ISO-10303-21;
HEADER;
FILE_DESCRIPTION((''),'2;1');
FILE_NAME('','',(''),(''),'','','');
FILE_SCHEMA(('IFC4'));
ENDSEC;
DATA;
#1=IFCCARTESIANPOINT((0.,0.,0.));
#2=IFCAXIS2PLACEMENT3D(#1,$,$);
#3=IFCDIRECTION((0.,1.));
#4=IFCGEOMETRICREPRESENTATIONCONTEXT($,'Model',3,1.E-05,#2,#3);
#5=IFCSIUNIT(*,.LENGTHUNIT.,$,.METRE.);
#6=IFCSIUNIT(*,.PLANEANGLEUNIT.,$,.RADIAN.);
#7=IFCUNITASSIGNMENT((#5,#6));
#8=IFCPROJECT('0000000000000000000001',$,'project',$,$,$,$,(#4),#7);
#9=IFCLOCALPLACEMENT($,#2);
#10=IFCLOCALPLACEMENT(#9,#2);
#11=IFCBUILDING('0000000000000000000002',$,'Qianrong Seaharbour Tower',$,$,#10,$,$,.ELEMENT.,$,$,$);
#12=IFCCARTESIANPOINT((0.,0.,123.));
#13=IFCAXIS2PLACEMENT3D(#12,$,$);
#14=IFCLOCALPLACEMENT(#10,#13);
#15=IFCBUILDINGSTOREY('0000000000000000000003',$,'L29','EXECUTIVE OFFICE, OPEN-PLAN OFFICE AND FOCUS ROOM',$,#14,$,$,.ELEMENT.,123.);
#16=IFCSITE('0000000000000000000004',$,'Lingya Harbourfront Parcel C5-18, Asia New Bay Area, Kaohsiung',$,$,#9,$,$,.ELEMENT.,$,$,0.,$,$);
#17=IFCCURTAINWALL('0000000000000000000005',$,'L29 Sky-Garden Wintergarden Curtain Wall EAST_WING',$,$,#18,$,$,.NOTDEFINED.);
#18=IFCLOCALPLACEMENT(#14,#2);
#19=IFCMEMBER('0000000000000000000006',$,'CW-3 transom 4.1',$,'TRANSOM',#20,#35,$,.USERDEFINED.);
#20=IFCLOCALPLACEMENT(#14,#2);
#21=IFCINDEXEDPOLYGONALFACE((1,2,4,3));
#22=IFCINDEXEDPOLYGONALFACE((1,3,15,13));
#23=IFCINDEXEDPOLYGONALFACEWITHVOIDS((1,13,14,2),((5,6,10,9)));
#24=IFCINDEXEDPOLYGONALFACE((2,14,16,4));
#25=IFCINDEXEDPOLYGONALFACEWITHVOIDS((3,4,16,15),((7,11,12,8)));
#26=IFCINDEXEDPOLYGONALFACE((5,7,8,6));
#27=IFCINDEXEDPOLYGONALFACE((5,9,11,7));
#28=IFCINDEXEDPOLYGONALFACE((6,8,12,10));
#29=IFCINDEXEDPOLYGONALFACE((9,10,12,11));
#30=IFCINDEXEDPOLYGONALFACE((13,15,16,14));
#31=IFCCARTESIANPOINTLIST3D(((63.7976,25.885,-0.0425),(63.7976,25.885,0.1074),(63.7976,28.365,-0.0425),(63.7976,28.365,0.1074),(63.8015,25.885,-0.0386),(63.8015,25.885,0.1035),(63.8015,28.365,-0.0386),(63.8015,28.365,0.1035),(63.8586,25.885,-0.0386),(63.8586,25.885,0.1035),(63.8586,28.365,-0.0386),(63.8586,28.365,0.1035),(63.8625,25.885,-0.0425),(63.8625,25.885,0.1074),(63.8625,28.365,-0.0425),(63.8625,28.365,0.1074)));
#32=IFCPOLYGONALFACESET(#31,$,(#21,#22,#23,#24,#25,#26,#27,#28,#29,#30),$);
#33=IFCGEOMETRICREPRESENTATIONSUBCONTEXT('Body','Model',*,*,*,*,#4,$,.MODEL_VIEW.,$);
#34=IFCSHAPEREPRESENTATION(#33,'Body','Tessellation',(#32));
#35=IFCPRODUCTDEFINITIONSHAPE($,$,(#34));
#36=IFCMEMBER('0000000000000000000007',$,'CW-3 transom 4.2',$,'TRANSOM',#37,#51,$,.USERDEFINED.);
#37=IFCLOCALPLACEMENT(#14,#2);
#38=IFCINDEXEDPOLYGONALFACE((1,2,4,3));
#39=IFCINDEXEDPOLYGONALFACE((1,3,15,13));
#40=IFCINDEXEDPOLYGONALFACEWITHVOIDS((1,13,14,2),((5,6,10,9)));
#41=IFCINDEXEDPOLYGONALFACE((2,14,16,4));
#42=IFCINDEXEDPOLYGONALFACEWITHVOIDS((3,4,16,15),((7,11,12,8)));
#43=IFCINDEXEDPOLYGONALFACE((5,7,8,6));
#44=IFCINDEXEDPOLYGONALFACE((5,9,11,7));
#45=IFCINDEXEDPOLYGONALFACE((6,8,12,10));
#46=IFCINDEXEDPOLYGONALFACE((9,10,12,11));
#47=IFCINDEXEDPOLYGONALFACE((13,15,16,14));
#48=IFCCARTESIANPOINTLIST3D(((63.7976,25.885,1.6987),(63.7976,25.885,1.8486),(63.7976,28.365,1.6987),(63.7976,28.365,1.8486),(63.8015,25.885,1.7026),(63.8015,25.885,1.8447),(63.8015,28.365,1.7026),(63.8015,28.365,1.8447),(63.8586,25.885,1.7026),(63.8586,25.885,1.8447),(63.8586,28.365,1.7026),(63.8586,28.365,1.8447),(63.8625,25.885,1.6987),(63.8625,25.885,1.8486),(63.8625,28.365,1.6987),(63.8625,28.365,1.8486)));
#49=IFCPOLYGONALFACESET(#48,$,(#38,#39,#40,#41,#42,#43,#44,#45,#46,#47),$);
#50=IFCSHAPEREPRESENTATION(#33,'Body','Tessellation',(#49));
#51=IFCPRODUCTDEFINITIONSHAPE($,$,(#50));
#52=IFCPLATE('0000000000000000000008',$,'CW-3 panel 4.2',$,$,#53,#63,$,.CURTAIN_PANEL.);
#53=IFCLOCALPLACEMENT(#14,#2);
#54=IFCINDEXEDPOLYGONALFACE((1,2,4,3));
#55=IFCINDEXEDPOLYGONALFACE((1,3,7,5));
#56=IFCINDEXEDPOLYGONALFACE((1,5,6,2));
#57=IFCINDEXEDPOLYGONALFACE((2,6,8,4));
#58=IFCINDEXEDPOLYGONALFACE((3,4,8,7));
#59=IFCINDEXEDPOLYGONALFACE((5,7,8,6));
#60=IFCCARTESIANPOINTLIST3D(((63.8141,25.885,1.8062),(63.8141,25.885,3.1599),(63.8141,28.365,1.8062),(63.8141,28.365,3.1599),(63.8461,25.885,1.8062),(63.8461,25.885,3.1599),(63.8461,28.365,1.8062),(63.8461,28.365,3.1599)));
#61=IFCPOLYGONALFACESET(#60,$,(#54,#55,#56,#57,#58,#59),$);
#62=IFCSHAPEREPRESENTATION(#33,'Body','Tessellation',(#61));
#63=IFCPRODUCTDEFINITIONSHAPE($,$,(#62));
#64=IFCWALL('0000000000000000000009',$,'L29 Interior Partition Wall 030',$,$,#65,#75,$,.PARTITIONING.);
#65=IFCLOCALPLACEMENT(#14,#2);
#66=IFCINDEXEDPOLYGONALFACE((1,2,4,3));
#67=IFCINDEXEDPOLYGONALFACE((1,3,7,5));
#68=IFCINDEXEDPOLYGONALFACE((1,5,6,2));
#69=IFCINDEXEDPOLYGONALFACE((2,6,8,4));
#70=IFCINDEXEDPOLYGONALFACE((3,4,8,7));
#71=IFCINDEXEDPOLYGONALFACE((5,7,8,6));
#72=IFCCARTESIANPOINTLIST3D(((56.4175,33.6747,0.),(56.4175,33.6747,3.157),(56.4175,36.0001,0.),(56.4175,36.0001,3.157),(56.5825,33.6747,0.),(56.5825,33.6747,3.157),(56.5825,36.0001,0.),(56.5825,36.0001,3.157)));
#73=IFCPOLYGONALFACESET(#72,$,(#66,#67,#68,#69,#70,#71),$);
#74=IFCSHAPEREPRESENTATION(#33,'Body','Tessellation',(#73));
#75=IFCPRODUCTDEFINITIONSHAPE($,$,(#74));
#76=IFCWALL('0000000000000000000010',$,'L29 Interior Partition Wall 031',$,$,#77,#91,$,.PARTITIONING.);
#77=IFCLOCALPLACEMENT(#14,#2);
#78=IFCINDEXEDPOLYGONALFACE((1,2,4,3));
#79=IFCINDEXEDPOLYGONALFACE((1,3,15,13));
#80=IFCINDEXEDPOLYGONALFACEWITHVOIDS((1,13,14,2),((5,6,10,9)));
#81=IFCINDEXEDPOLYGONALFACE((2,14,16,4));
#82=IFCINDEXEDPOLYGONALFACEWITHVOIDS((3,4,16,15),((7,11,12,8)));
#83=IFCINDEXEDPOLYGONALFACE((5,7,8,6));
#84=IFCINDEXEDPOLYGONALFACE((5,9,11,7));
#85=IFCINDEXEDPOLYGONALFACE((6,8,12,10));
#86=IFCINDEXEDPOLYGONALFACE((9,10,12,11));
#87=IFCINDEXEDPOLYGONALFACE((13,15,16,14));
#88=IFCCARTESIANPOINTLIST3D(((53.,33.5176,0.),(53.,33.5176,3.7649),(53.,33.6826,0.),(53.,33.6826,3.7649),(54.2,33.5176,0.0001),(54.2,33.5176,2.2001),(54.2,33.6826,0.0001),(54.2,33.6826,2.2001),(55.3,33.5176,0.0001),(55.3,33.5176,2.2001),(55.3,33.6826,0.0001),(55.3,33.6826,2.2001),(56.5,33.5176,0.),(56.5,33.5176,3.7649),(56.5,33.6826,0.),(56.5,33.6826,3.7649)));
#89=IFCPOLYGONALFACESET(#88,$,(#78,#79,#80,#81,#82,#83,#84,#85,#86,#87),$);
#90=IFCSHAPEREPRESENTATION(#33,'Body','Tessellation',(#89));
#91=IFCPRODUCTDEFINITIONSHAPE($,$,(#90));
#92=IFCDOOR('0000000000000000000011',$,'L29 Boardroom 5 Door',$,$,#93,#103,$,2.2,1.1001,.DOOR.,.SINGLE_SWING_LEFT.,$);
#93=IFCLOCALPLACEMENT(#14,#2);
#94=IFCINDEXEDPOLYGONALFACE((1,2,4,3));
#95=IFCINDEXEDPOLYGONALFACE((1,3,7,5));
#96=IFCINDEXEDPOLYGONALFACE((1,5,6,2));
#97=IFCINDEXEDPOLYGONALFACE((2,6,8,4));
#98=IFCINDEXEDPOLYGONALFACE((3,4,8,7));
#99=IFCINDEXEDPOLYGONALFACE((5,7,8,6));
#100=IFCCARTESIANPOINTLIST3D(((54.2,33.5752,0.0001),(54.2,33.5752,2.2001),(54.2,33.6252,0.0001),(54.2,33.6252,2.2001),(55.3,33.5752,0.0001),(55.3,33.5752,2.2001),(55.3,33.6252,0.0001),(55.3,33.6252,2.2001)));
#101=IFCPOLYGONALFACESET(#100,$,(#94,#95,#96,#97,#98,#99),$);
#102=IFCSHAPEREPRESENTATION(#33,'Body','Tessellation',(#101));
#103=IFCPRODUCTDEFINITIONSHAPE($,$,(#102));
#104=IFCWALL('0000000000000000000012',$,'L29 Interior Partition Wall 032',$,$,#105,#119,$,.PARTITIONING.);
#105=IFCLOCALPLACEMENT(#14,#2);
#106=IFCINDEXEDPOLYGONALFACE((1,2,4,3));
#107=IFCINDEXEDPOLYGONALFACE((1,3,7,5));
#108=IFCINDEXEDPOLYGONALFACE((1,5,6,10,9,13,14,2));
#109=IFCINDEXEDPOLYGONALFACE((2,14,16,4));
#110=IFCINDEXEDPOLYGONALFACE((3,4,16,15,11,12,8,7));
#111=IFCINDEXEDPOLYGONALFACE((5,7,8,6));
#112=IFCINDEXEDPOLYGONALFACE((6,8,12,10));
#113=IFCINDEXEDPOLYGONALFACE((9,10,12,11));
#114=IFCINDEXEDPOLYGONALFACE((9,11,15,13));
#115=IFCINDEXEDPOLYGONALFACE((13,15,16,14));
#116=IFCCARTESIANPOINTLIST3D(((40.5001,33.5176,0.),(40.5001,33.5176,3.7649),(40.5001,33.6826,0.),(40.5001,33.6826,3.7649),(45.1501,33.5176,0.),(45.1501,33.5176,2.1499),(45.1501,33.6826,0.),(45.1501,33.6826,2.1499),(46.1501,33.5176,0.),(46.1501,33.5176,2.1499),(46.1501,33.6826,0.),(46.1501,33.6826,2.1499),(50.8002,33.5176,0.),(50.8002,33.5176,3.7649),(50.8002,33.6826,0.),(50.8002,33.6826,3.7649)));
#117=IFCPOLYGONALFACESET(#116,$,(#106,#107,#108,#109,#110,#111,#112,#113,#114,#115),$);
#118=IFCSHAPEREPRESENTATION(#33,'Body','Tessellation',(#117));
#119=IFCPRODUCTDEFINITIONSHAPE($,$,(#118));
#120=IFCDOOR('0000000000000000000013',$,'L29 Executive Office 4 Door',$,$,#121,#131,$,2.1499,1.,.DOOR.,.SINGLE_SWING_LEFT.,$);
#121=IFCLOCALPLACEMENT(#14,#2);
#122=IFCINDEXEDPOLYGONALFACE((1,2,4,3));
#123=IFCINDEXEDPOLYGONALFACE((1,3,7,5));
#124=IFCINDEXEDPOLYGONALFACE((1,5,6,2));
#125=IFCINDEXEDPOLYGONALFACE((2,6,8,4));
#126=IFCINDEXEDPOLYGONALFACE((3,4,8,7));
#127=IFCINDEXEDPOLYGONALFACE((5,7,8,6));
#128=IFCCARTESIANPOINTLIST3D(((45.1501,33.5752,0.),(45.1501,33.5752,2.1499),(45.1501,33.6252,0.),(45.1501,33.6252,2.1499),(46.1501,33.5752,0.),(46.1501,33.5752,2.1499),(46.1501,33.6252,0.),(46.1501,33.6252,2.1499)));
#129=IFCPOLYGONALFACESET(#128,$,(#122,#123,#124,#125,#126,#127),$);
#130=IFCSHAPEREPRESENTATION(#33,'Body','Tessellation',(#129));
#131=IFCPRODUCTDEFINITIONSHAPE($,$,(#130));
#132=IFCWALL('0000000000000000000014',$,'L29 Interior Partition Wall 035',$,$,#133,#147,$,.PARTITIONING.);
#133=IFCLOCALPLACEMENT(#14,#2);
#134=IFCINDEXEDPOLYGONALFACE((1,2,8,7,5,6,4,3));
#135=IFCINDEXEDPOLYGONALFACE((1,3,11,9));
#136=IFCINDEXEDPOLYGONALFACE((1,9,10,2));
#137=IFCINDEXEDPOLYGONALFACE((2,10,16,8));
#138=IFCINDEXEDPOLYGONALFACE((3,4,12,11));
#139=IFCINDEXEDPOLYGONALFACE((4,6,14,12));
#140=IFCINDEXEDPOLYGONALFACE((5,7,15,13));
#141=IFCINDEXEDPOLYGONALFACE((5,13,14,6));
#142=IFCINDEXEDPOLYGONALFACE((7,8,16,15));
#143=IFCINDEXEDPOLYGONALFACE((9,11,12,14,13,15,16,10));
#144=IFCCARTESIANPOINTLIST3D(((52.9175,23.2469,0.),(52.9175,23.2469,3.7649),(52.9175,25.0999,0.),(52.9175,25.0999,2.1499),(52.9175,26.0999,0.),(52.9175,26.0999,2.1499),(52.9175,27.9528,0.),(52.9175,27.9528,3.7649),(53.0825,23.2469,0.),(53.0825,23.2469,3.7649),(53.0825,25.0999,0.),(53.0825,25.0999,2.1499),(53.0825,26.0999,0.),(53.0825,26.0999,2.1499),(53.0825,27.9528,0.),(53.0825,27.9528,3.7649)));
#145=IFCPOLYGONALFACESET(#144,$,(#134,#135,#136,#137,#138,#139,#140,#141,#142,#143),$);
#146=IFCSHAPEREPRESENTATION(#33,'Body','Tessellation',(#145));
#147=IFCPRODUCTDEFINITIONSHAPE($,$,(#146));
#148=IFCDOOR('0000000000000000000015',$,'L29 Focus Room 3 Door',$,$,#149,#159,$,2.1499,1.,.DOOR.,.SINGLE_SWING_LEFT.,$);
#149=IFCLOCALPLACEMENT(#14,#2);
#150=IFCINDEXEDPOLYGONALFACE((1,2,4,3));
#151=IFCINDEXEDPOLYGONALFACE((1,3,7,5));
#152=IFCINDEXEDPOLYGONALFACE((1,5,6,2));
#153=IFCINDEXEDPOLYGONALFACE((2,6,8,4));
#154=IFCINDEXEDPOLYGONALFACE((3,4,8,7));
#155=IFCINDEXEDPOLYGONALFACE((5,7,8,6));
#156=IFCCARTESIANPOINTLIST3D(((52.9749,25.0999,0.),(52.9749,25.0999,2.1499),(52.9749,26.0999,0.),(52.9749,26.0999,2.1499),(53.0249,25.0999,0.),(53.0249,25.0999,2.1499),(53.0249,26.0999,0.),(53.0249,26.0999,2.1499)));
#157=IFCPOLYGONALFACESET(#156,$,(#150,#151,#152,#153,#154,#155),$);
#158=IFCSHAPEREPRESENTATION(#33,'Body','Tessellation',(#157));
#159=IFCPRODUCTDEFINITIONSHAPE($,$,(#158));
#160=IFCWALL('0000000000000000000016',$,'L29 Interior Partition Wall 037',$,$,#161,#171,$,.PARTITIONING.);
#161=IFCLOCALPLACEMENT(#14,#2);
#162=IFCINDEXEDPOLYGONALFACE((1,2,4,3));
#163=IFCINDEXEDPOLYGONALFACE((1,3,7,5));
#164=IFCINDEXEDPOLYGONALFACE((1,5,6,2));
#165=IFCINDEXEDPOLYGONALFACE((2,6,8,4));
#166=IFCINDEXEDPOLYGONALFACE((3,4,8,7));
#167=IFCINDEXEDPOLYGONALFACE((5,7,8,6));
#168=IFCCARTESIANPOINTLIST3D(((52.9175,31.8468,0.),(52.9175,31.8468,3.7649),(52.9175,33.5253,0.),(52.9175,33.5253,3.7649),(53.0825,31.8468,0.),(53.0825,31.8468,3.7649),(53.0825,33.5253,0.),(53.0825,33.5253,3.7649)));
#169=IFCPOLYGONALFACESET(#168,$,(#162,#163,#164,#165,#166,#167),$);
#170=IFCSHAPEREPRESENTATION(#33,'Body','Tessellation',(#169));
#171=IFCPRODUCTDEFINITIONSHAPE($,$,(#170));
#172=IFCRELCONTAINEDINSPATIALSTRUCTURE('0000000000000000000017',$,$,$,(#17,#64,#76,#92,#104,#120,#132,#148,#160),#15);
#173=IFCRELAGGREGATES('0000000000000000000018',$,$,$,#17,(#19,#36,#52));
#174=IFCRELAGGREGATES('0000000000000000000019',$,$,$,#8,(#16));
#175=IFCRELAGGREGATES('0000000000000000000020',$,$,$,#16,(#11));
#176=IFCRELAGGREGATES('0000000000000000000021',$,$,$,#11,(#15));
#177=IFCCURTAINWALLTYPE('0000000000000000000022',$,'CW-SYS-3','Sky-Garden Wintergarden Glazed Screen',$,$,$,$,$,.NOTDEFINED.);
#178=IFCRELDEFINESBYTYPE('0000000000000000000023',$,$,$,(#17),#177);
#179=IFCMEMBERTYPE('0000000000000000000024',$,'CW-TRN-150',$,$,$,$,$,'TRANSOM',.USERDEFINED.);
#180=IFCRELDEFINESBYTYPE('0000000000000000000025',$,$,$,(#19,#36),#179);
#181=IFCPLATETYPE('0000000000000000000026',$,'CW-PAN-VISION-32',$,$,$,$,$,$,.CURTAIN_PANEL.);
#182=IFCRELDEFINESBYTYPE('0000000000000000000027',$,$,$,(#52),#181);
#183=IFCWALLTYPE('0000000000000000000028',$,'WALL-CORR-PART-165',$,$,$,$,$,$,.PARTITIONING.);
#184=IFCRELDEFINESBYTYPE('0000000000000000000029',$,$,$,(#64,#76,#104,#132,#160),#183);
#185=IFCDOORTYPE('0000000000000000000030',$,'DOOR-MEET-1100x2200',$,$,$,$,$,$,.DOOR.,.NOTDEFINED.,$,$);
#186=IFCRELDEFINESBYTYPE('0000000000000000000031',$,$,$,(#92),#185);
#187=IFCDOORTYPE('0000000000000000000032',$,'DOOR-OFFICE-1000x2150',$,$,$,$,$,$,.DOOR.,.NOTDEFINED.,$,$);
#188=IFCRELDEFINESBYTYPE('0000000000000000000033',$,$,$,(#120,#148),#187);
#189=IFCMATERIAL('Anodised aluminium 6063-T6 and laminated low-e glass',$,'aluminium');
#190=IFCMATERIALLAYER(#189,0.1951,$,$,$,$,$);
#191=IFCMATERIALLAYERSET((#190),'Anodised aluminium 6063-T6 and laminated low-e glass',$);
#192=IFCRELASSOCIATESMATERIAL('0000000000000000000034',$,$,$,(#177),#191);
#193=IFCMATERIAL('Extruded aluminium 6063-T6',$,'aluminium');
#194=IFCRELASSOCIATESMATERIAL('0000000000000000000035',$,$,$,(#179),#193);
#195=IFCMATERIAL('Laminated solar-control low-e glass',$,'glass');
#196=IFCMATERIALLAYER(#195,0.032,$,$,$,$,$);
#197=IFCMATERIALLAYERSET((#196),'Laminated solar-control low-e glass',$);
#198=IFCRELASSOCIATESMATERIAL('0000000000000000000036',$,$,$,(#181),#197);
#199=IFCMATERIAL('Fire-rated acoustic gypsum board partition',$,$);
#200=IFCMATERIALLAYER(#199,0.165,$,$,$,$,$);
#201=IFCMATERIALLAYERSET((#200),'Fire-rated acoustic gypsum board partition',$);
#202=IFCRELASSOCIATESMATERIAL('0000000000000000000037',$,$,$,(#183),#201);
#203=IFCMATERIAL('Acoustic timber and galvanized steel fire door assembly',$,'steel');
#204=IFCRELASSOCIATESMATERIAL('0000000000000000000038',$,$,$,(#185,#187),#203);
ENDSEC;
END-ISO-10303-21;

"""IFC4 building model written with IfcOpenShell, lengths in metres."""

from ifc_helpers import new_model, si_unit, direction, frame, frame_2d, origin, origin_2d, place, context, subcontext, project, spatial, rectangle, hollow_rectangle, extrude, material, layer, layer_set, material_profile, profile_set, type_object, element, fill, aggregate, save


model = new_model("IFC4")

# Units and contexts
model_context = context("Model", 3, precision=1e-05, world=origin(), true_north=direction((0.0, 1.0)))
body_context = subcontext(model_context, "Body", "Model", "MODEL_VIEW")
ifc_project = project(units=[si_unit("LENGTHUNIT", "METRE"), si_unit("PLANEANGLEUNIT", "RADIAN")], contexts=[model_context])

# Site, building, storey
site_placement = place(None, origin())
site = spatial("IfcSite", under=ifc_project, at=site_placement, Name="Lingya Harbourfront Parcel C5-18, Asia New Bay Area, Kaohsiung", CompositionType="ELEMENT", RefElevation=0.0)
building_placement = place(site_placement, origin())
building = spatial("IfcBuilding", under=site, at=building_placement, Name="Qianrong Seaharbour Tower", CompositionType="ELEMENT")
storey_placement = place(building_placement, frame((0.0, 0.0, 123.0)))
storey = spatial("IfcBuildingStorey", under=building, at=storey_placement, Name="L29", Description="EXECUTIVE OFFICE, OPEN-PLAN OFFICE AND FOCUS ROOM", CompositionType="ELEMENT", Elevation=123.0)

# Curtain wall, members, plate
ifc_material_1 = material(Name="Anodised aluminium 6063-T6 and laminated low-e glass", Category="aluminium")
ifc_layer_1 = layer(ifc_material_1, 0.1951)
ifc_layer_set_1 = layer_set([ifc_layer_1], Name="Anodised aluminium 6063-T6 and laminated low-e glass")
curtain_wall_type = type_object("IfcCurtainWallType", Name="CW-SYS-3", Description="Sky-Garden Wintergarden Glazed Screen", PredefinedType="NOTDEFINED", material=ifc_layer_set_1)
curtain_wall_placement = place(storey_placement, origin())
curtain_wall = element("IfcCurtainWall", 1, at=curtain_wall_placement, inside=storey, type_object=curtain_wall_type, Name="L29 Sky-Garden Wintergarden Curtain Wall EAST_WING", PredefinedType="NOTDEFINED")
ifc_material_2 = material(Name="Extruded aluminium 6063-T6", Category="aluminium")
ifc_material_profile_1 = material_profile(ifc_material_2, hollow_rectangle(XDim=0.0649, YDim=0.1499, WallThickness=0.0039, at=origin_2d()), Name="ALU-TRN-150x65x4")
ifc_profile_set_1 = profile_set([ifc_material_profile_1], Name="Extruded aluminium 6063-T6")
member_type = type_object("IfcMemberType", Name="CW-TRN-150", ElementType="TRANSOM", PredefinedType="USERDEFINED", material=ifc_profile_set_1)
member_1_placement = place(storey_placement, frame((63.8301, 28.365, 0.0325), z_axis=(0.0, -1.0, 0.0), x_axis=(1.0, 0.0, 0.0)))
member_1 = element("IfcMember", 2, at=member_1_placement, type_object=member_type, Name="CW-3 transom 4.1", ObjectType="TRANSOM", PredefinedType="USERDEFINED", context=body_context, shape_type="SweptSolid", body=[
    extrude(hollow_rectangle(XDim=0.0649, YDim=0.1499, WallThickness=0.0039, at=origin_2d()), origin(), (0.0, 0.0, 1.0), 2.48),
])
member_2_placement = place(storey_placement, frame((63.8301, 28.365, 1.7737), z_axis=(0.0, -1.0, 0.0), x_axis=(1.0, 0.0, 0.0)))
member_2 = element("IfcMember", 3, at=member_2_placement, type_object=member_type, Name="CW-3 transom 4.2", ObjectType="TRANSOM", PredefinedType="USERDEFINED", context=body_context, shape_type="SweptSolid", body=[
    extrude(hollow_rectangle(XDim=0.0649, YDim=0.1499, WallThickness=0.0039, at=origin_2d()), origin(), (0.0, 0.0, 1.0), 2.48),
])
ifc_material_3 = material(Name="Laminated solar-control low-e glass", Category="glass")
ifc_layer_2 = layer(ifc_material_3, 0.032)
ifc_layer_set_2 = layer_set([ifc_layer_2], Name="Laminated solar-control low-e glass")
plate_type = type_object("IfcPlateType", Name="CW-PAN-VISION-32", PredefinedType="CURTAIN_PANEL", material=ifc_layer_set_2)
plate_placement = place(storey_placement, frame((63.8301, 27.125, 1.8062), z_axis=(0.0, 0.0, 1.0), x_axis=(0.0, -1.0, 0.0)))
plate = element("IfcPlate", 4, at=plate_placement, type_object=plate_type, Name="CW-3 panel 4.2", PredefinedType="CURTAIN_PANEL", context=body_context, shape_type="SweptSolid", body=[
    extrude(rectangle(XDim=2.48, YDim=0.032, at=origin_2d()), origin(), (0.0, 0.0, 1.0), 1.3538),
])
aggregate(curtain_wall, [member_1, member_2, plate])

# Wall
ifc_material_4 = material(Name="Fire-rated acoustic gypsum board partition")
ifc_layer_3 = layer(ifc_material_4, 0.165)
ifc_layer_set_3 = layer_set([ifc_layer_3], Name="Fire-rated acoustic gypsum board partition")
wall_type_1 = type_object("IfcWallType", Name="WALL-CORR-PART-165", PredefinedType="PARTITIONING", material=ifc_layer_set_3)
wall_1_placement = place(storey_placement, frame((56.5, 36.0, 0.0), z_axis=(0.0, 0.0, 1.0), x_axis=(0.0, -1.0, 0.0)))
element("IfcWall", 5, at=wall_1_placement, inside=storey, type_object=wall_type_1, Name="L29 Interior Partition Wall 030", PredefinedType="PARTITIONING", context=body_context, shape_type="SweptSolid", body=[
    extrude(rectangle(XDim=2.3254, YDim=0.165, at=frame_2d((1.1626, 0.0))), origin(), (0.0, 0.0, 1.0), 3.157),
])

# Walls, openings, doors
wall_2_placement = place(storey_placement, frame((56.5, 33.6001, 0.0), z_axis=(0.0, 0.0, 1.0), x_axis=(-1.0, 0.0, 0.0)))
wall_2 = element("IfcWall", 6, at=wall_2_placement, inside=storey, type_object=wall_type_1, Name="L29 Interior Partition Wall 031", PredefinedType="PARTITIONING", context=body_context, shape_type="SweptSolid", body=[
    extrude(rectangle(XDim=3.5, YDim=0.165, at=frame_2d((1.75, 0.0))), origin(), (0.0, 0.0, 1.0), 3.7649),
])
opening_1_placement = place(wall_2_placement, frame((1.2, 0.0, 0.0)))
opening_1 = element("IfcOpeningElement", 7, at=opening_1_placement, cuts=wall_2, PredefinedType="OPENING", context=body_context, shape_type="SweptSolid", body=[
    extrude(rectangle(XDim=1.1001, YDim=2.2, at=frame_2d((0.55, 1.1001))), frame((0.0, 0.0925, 0.0), z_axis=(0.0, -1.0, 0.0), x_axis=(1.0, 0.0, 0.0)), (0.0, 0.0, 1.0), 0.1851),
])
ifc_material_5 = material(Name="Acoustic timber and galvanized steel fire door assembly", Category="steel")
door_type_1 = type_object("IfcDoorType", Name="DOOR-MEET-1100x2200", OperationType="NOTDEFINED", PredefinedType="DOOR", material=ifc_material_5)
door_1_placement = place(opening_1_placement, origin())
door_1 = element("IfcDoor", 8, at=door_1_placement, inside=storey, type_object=door_type_1, Name="L29 Boardroom 5 Door", OperationType="SINGLE_SWING_LEFT", OverallHeight=2.2, OverallWidth=1.1001, PredefinedType="DOOR", context=body_context, shape_type="SweptSolid", body=[
    extrude(rectangle(XDim=1.1001, YDim=2.2, at=frame_2d((0.55, 1.1001))), frame((0.0, 0.0249, 0.0), z_axis=(0.0, -1.0, 0.0), x_axis=(1.0, 0.0, 0.0)), (0.0, 0.0, 1.0), 0.05),
])
fill(opening_1, door_1)
wall_3_placement = place(storey_placement, frame((50.8, 33.6001, 0.0), z_axis=(0.0, 0.0, 1.0), x_axis=(-1.0, 0.0, 0.0)))
wall_3 = element("IfcWall", 9, at=wall_3_placement, inside=storey, type_object=wall_type_1, Name="L29 Interior Partition Wall 032", PredefinedType="PARTITIONING", context=body_context, shape_type="SweptSolid", body=[
    extrude(rectangle(XDim=10.3, YDim=0.165, at=frame_2d((5.1499, 0.0))), origin(), (0.0, 0.0, 1.0), 3.7649),
])
opening_2_placement = place(wall_3_placement, frame((4.6499, 0.0, 0.0)))
opening_2 = element("IfcOpeningElement", 10, at=opening_2_placement, cuts=wall_3, PredefinedType="OPENING", context=body_context, shape_type="SweptSolid", body=[
    extrude(rectangle(XDim=1.0, YDim=2.1499, at=frame_2d((0.5, 1.075))), frame((0.0, 0.0925, 0.0), z_axis=(0.0, -1.0, 0.0), x_axis=(1.0, 0.0, 0.0)), (0.0, 0.0, 1.0), 0.1851),
])
door_type_2 = type_object("IfcDoorType", Name="DOOR-OFFICE-1000x2150", OperationType="NOTDEFINED", PredefinedType="DOOR", material=ifc_material_5)
door_2_placement = place(opening_2_placement, origin())
door_2 = element("IfcDoor", 11, at=door_2_placement, inside=storey, type_object=door_type_2, Name="L29 Executive Office 4 Door", OperationType="SINGLE_SWING_LEFT", OverallHeight=2.1499, OverallWidth=1.0, PredefinedType="DOOR", context=body_context, shape_type="SweptSolid", body=[
    extrude(rectangle(XDim=1.0, YDim=2.1499, at=frame_2d((0.5, 1.075))), frame((0.0, 0.0249, 0.0), z_axis=(0.0, -1.0, 0.0), x_axis=(1.0, 0.0, 0.0)), (0.0, 0.0, 1.0), 0.05),
])
fill(opening_2, door_2)
wall_4_placement = place(storey_placement, frame((53.0, 27.9529, 0.0), z_axis=(0.0, 0.0, 1.0), x_axis=(0.0, -1.0, 0.0)))
wall_4 = element("IfcWall", 12, at=wall_4_placement, inside=storey, type_object=wall_type_1, Name="L29 Interior Partition Wall 035", PredefinedType="PARTITIONING", context=body_context, shape_type="SweptSolid", body=[
    extrude(rectangle(XDim=4.7058, YDim=0.165, at=frame_2d((2.353, 0.0))), origin(), (0.0, 0.0, 1.0), 3.7649),
])
opening_3_placement = place(wall_4_placement, frame((1.853, 0.0, 0.0)))
opening_3 = element("IfcOpeningElement", 13, at=opening_3_placement, cuts=wall_4, PredefinedType="OPENING", context=body_context, shape_type="SweptSolid", body=[
    extrude(rectangle(XDim=1.0, YDim=2.1499, at=frame_2d((0.5, 1.075))), frame((0.0, 0.0925, 0.0), z_axis=(0.0, -1.0, 0.0), x_axis=(1.0, 0.0, 0.0)), (0.0, 0.0, 1.0), 0.1851),
])
door_3_placement = place(opening_3_placement, origin())
door_3 = element("IfcDoor", 14, at=door_3_placement, inside=storey, type_object=door_type_2, Name="L29 Focus Room 3 Door", OperationType="SINGLE_SWING_LEFT", OverallHeight=2.1499, OverallWidth=1.0, PredefinedType="DOOR", context=body_context, shape_type="SweptSolid", body=[
    extrude(rectangle(XDim=1.0, YDim=2.1499, at=frame_2d((0.5, 1.075))), frame((0.0, 0.0249, 0.0), z_axis=(0.0, -1.0, 0.0), x_axis=(1.0, 0.0, 0.0)), (0.0, 0.0, 1.0), 0.05),
])
fill(opening_3, door_3)

# Wall
wall_5_placement = place(storey_placement, frame((53.0, 33.5254, 0.0), z_axis=(0.0, 0.0, 1.0), x_axis=(0.0, -1.0, 0.0)))
element("IfcWall", 15, at=wall_5_placement, inside=storey, type_object=wall_type_1, Name="L29 Interior Partition Wall 037", PredefinedType="PARTITIONING", context=body_context, shape_type="SweptSolid", body=[
    extrude(rectangle(XDim=1.6785, YDim=0.165, at=frame_2d((0.8394, 0.0))), origin(), (0.0, 0.0, 1.0), 3.7649),
])

save(model, "model.ifc")
